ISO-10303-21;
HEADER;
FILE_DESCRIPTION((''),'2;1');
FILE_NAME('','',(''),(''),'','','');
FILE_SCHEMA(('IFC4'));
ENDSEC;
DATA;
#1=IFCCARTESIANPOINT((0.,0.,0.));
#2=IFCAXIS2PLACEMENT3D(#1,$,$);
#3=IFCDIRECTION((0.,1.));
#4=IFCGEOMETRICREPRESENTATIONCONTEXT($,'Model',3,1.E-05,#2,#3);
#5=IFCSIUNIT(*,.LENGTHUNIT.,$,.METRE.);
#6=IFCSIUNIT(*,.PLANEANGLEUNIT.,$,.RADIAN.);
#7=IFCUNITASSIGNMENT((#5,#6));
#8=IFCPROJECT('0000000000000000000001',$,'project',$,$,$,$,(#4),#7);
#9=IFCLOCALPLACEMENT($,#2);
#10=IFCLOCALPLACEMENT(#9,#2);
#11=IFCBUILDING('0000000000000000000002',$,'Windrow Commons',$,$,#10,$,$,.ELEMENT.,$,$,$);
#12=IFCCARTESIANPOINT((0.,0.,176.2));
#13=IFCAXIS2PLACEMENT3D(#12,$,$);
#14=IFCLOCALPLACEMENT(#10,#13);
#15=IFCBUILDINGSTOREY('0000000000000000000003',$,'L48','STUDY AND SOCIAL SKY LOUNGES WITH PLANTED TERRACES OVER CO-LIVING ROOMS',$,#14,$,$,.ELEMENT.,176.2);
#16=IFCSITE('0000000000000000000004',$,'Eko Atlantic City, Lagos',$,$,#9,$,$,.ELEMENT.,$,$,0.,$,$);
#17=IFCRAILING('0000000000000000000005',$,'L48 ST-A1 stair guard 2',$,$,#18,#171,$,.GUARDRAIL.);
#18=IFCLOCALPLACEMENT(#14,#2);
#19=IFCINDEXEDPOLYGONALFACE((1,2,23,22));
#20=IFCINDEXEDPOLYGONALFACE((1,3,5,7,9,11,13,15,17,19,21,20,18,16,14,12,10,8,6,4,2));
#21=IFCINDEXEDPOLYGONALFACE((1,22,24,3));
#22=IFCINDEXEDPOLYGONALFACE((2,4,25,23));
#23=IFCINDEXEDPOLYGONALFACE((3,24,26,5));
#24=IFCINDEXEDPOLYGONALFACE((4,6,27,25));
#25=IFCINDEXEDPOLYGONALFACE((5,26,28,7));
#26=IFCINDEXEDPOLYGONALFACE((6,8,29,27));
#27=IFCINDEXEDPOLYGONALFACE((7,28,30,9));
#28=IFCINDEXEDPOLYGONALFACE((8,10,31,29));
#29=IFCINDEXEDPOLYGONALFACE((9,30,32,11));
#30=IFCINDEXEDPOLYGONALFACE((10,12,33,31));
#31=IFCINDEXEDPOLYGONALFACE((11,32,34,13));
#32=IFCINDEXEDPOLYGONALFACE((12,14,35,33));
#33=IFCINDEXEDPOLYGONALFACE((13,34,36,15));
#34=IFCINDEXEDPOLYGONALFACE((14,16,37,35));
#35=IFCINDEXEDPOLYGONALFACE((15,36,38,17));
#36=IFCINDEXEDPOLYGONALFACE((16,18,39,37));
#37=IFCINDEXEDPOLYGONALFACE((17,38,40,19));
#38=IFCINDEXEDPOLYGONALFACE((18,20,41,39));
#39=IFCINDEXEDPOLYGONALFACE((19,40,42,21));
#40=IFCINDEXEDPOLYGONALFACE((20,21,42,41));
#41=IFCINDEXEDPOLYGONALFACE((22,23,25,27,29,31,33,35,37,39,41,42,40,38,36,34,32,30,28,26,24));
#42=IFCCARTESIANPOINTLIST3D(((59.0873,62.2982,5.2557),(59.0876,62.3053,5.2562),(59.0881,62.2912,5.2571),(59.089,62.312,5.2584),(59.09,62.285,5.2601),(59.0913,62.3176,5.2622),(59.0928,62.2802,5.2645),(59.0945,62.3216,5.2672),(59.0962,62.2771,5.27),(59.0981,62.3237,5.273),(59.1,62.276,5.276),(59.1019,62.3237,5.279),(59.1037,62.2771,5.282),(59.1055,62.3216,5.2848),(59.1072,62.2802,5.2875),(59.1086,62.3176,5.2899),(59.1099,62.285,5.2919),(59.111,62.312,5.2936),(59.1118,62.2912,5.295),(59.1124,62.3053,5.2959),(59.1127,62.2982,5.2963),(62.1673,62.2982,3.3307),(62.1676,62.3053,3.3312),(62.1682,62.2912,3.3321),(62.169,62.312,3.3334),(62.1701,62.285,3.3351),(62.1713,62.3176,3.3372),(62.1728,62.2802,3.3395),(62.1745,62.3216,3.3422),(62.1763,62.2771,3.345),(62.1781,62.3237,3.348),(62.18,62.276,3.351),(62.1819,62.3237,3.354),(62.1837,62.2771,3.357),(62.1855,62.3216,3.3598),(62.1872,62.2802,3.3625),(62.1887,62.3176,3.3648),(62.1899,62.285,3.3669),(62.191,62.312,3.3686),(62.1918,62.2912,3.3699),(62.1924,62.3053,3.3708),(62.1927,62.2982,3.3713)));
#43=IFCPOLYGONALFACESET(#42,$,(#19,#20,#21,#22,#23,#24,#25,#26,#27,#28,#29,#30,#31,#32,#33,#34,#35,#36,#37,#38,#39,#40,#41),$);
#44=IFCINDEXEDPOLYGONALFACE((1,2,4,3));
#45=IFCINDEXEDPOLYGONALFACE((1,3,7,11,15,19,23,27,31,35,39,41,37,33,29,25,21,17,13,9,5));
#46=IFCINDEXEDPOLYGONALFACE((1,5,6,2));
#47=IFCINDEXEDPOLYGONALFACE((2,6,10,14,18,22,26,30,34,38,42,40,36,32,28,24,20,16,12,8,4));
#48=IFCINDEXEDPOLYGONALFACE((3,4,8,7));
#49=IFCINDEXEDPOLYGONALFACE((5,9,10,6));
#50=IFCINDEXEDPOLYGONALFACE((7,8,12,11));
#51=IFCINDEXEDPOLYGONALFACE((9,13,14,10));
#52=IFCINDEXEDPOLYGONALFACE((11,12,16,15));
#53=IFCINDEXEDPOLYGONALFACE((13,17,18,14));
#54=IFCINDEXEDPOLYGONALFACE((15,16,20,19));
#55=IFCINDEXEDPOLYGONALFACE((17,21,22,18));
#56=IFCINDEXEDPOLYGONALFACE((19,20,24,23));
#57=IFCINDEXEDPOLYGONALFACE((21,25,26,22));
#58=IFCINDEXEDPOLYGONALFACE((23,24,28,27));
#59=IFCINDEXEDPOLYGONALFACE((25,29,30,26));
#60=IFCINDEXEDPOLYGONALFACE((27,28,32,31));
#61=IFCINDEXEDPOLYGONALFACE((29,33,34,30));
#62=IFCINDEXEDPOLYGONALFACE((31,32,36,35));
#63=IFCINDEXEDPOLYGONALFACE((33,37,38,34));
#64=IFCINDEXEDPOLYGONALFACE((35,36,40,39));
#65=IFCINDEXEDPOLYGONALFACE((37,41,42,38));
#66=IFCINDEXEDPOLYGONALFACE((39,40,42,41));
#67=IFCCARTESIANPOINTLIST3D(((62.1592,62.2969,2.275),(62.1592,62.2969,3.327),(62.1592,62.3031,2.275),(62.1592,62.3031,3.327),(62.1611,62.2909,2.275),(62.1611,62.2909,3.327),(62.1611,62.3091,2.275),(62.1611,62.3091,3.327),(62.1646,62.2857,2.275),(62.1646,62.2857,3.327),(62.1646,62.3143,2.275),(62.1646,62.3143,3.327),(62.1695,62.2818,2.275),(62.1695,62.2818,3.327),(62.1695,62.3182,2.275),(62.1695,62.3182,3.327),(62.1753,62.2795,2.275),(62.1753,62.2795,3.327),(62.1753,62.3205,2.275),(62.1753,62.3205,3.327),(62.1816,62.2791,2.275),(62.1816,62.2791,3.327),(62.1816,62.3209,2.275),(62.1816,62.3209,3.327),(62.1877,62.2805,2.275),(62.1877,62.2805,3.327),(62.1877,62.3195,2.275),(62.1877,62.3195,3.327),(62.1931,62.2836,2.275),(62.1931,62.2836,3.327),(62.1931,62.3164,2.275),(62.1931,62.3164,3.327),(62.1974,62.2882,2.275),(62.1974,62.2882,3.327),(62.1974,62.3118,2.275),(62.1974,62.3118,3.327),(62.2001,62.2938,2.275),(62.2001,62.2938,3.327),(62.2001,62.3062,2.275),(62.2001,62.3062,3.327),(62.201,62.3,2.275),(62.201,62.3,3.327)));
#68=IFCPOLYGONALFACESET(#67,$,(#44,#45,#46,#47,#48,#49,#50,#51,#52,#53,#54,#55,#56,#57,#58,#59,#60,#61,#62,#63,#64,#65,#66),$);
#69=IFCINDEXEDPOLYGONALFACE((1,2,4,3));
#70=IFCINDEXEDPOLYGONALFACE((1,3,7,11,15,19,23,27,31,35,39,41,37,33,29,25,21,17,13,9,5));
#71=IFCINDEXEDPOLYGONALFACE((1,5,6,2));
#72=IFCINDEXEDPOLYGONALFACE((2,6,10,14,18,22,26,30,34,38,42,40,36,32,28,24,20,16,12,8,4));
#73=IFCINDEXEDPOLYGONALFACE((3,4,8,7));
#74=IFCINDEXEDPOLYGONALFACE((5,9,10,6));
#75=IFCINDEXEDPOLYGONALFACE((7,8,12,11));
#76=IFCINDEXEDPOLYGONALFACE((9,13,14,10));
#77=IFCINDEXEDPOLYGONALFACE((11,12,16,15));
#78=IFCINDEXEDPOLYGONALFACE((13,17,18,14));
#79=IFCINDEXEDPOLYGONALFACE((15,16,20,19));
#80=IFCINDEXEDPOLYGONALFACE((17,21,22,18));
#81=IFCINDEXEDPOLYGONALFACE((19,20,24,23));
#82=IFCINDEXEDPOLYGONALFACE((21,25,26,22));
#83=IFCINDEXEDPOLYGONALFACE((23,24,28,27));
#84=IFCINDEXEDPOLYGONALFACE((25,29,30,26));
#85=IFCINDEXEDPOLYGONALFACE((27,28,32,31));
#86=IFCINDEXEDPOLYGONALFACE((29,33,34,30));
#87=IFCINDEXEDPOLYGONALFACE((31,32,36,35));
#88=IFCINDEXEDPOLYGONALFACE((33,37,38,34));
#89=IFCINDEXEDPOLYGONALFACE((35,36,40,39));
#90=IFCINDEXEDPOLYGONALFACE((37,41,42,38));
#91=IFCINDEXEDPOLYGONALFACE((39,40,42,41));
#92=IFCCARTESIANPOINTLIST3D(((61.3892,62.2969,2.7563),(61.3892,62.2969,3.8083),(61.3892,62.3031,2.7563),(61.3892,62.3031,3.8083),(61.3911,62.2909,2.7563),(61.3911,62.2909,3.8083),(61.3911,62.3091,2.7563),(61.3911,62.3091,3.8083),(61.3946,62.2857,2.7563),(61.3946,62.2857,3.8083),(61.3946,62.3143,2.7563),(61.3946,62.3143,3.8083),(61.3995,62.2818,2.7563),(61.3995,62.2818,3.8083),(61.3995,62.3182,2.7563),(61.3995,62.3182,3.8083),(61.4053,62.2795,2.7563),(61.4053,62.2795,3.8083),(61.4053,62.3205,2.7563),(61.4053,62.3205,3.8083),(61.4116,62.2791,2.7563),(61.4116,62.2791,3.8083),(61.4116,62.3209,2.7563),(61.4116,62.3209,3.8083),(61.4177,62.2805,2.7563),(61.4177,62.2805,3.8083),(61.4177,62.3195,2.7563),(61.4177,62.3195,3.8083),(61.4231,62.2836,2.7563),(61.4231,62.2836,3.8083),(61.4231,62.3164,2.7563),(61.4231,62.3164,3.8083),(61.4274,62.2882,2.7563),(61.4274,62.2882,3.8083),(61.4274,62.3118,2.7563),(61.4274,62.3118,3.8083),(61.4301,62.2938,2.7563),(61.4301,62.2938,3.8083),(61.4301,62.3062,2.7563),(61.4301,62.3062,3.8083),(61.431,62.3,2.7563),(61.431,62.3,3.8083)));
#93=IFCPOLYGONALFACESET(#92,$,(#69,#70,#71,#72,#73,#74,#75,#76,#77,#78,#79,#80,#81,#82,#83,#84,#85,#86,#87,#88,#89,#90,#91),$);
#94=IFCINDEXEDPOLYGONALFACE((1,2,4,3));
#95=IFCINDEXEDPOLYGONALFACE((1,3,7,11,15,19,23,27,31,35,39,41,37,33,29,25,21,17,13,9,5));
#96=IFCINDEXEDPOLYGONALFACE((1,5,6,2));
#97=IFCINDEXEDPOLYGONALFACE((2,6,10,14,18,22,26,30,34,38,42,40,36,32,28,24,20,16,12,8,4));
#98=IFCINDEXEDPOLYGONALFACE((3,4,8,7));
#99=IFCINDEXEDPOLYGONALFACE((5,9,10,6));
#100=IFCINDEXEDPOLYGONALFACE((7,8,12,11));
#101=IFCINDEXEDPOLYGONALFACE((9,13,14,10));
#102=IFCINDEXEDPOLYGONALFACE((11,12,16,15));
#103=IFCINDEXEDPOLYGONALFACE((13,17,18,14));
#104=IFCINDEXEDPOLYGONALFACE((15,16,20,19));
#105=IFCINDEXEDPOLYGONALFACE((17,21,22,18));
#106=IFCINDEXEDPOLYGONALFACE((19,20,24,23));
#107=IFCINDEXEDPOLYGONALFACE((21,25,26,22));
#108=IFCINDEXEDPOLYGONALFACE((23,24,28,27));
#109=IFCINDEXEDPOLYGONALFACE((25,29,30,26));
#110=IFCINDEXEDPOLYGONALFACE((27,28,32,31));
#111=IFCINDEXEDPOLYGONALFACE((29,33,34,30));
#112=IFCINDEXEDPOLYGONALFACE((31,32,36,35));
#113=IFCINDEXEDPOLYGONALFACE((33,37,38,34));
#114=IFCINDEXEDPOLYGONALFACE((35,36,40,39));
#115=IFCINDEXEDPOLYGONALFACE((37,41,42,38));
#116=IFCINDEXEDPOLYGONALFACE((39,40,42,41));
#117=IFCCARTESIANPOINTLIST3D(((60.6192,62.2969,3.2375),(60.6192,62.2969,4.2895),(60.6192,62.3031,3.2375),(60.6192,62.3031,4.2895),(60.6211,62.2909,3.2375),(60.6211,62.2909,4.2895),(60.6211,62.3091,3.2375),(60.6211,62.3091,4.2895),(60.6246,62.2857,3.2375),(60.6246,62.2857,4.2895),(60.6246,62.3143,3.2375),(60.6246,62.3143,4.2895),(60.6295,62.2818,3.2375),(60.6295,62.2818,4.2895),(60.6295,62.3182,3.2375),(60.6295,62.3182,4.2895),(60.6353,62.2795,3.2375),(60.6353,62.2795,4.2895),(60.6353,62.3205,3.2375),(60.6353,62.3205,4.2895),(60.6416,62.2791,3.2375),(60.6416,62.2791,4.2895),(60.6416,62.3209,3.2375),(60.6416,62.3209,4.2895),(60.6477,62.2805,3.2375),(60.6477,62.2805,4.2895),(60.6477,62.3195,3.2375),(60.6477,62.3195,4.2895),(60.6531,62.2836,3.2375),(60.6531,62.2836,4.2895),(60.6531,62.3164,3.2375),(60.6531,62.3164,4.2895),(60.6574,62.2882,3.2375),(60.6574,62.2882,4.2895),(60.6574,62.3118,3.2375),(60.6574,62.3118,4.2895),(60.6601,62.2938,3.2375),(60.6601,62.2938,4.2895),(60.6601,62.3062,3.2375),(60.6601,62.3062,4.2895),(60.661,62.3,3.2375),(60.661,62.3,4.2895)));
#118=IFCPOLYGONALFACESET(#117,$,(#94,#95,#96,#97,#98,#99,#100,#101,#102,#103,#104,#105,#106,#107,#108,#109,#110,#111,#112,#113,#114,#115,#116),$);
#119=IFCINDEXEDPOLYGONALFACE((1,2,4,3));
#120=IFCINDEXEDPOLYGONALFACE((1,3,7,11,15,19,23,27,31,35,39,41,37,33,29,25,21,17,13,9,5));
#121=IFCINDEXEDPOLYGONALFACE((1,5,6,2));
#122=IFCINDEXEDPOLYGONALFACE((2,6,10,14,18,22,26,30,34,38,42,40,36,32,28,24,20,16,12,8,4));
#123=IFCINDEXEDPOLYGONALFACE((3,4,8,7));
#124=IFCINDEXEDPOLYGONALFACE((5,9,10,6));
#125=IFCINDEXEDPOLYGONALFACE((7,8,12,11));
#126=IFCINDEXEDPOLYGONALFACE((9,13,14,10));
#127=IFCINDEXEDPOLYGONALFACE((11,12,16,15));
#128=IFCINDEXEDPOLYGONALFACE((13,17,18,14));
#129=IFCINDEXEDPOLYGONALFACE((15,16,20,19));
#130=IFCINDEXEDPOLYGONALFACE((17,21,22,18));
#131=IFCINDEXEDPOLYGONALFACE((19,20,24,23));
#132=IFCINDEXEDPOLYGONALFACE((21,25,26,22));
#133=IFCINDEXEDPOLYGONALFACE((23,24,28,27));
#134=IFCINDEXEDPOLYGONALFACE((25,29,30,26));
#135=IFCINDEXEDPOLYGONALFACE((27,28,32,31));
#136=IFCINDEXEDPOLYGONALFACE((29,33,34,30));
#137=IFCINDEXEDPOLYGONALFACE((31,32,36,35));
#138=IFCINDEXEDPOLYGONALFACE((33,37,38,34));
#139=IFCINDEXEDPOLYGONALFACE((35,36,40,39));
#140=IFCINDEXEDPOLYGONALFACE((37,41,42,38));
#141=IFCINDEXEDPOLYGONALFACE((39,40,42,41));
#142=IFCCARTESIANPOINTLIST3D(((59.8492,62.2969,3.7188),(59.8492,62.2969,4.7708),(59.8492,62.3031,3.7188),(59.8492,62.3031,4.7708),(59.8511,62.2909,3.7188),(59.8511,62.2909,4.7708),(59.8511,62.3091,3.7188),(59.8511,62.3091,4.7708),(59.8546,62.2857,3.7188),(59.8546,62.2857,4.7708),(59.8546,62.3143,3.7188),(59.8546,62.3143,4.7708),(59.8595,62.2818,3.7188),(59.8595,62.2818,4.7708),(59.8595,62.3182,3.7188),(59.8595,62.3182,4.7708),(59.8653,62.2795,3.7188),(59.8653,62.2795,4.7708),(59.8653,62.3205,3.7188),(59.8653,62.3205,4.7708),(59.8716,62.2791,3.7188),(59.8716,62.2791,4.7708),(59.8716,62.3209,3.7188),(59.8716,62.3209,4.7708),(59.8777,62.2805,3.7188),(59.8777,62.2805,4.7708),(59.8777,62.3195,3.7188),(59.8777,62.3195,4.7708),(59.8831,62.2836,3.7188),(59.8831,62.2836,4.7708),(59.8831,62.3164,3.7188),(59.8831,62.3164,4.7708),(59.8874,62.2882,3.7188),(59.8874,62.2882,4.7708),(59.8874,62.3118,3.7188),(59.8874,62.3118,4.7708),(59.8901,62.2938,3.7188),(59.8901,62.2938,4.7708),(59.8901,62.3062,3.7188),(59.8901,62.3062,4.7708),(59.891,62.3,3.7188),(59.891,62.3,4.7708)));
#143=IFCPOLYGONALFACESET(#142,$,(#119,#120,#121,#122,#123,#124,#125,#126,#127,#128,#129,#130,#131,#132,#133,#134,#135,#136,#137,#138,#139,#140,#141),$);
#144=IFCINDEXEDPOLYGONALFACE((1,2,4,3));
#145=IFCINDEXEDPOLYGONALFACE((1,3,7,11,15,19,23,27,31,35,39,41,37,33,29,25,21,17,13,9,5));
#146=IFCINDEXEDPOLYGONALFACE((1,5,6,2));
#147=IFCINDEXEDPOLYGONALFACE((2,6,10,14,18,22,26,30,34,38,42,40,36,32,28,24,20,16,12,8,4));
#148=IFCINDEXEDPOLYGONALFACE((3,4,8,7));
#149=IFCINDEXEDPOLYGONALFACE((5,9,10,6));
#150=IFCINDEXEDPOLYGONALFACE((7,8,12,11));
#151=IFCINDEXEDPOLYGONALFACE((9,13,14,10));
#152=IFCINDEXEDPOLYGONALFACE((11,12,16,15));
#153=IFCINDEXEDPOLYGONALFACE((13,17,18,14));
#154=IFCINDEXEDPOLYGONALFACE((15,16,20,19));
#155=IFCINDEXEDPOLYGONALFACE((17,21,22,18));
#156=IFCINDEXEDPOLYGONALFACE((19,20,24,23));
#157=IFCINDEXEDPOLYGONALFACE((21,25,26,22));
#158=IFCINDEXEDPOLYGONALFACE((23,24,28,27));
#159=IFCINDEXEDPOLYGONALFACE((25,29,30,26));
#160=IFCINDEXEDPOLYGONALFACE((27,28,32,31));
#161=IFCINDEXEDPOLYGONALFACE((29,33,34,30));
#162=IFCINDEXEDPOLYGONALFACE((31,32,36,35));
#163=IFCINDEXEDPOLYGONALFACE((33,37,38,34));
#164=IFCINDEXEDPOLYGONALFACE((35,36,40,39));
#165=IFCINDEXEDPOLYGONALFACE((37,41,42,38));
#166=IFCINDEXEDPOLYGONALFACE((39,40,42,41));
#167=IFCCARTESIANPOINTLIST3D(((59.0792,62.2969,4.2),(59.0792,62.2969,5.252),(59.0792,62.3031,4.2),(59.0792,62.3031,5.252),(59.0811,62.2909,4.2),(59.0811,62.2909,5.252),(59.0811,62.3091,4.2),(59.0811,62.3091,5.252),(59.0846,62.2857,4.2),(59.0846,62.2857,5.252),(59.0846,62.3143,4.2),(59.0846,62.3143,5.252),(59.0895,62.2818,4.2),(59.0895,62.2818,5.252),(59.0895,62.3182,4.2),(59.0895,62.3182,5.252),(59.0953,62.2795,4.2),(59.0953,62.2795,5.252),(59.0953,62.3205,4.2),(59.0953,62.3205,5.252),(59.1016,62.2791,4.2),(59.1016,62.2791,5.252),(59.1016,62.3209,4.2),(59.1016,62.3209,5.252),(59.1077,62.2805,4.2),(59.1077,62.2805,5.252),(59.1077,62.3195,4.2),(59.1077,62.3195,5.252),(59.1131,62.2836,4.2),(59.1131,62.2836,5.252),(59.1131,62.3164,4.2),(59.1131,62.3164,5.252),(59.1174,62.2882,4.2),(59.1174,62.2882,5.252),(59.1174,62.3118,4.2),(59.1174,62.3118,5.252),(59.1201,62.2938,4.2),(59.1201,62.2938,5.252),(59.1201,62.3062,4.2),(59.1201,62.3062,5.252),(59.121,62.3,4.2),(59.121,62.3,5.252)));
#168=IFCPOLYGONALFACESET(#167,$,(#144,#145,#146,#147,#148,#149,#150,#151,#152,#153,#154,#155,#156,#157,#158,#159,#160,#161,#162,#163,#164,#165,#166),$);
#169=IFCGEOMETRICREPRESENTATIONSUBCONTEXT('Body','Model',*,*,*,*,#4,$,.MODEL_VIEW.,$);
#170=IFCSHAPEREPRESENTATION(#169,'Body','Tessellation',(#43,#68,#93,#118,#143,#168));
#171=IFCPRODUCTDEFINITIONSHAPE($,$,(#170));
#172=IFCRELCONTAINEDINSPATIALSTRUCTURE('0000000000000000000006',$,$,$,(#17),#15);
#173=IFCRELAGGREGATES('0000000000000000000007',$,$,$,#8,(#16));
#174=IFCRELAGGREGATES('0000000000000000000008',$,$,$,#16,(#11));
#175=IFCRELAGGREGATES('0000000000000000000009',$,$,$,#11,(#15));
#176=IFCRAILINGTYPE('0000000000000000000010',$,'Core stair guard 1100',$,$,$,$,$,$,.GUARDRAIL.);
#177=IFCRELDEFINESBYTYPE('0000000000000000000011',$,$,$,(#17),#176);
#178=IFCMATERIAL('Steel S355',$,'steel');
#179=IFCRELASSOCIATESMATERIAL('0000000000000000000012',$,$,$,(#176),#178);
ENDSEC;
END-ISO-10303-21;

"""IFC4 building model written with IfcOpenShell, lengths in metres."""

from ifc_helpers import new_model, si_unit, direction, frame, origin, origin_2d, place, context, subcontext, project, spatial, circle, extrude, material, type_object, element, save


model = new_model("IFC4")

# Units and contexts
model_context = context("Model", 3, precision=1e-05, world=origin(), true_north=direction((0.0, 1.0)))
body_context = subcontext(model_context, "Body", "Model", "MODEL_VIEW")
ifc_project = project(units=[si_unit("LENGTHUNIT", "METRE"), si_unit("PLANEANGLEUNIT", "RADIAN")], contexts=[model_context])

# Site, building, storey
site_placement = place(None, origin())
site = spatial("IfcSite", under=ifc_project, at=site_placement, Name="Eko Atlantic City, Lagos", CompositionType="ELEMENT", RefElevation=0.0)
building_placement = place(site_placement, origin())
building = spatial("IfcBuilding", under=site, at=building_placement, Name="Windrow Commons", CompositionType="ELEMENT")
storey_placement = place(building_placement, frame((0.0, 0.0, 176.2)))
storey = spatial("IfcBuildingStorey", under=building, at=storey_placement, Name="L48", Description="STUDY AND SOCIAL SKY LOUNGES WITH PLANTED TERRACES OVER CO-LIVING ROOMS", CompositionType="ELEMENT", Elevation=176.2)

# Railing
ifc_material_1 = material(Name="Steel S355", Category="steel")
railing_type_1 = type_object("IfcRailingType", Name="Core stair guard 1100", PredefinedType="GUARDRAIL", material=ifc_material_1)
railing_1_placement = place(storey_placement, frame((62.18, 62.3, 2.275)))
element("IfcRailing", 1, at=railing_1_placement, inside=storey, type_object=railing_type_1, Name="L48 ST-A1 stair guard 2", PredefinedType="GUARDRAIL", context=body_context, shape_type="SweptSolid", body=[
    extrude(circle(Radius=0.024, at=origin_2d()), frame((0.0, 0.0, 1.076), z_axis=(-0.847998, 0.0, 0.529999), x_axis=(0.0, -1.0, 0.0)), (0.0, 0.0, 1.0), 3.6321),
    extrude(circle(Radius=0.021, at=origin_2d()), origin(), (0.0, 0.0, 1.0), 1.052),
    extrude(circle(Radius=0.021, at=origin_2d()), frame((-0.77, 0.0, 0.4813)), (0.0, 0.0, 1.0), 1.052),
    extrude(circle(Radius=0.021, at=origin_2d()), frame((-1.54, 0.0, 0.9625)), (0.0, 0.0, 1.0), 1.052),
    extrude(circle(Radius=0.021, at=origin_2d()), frame((-2.31, 0.0, 1.4438)), (0.0, 0.0, 1.0), 1.052),
    extrude(circle(Radius=0.021, at=origin_2d()), frame((-3.08, 0.0, 1.925)), (0.0, 0.0, 1.0), 1.052),
])

save(model, "model.ifc")
